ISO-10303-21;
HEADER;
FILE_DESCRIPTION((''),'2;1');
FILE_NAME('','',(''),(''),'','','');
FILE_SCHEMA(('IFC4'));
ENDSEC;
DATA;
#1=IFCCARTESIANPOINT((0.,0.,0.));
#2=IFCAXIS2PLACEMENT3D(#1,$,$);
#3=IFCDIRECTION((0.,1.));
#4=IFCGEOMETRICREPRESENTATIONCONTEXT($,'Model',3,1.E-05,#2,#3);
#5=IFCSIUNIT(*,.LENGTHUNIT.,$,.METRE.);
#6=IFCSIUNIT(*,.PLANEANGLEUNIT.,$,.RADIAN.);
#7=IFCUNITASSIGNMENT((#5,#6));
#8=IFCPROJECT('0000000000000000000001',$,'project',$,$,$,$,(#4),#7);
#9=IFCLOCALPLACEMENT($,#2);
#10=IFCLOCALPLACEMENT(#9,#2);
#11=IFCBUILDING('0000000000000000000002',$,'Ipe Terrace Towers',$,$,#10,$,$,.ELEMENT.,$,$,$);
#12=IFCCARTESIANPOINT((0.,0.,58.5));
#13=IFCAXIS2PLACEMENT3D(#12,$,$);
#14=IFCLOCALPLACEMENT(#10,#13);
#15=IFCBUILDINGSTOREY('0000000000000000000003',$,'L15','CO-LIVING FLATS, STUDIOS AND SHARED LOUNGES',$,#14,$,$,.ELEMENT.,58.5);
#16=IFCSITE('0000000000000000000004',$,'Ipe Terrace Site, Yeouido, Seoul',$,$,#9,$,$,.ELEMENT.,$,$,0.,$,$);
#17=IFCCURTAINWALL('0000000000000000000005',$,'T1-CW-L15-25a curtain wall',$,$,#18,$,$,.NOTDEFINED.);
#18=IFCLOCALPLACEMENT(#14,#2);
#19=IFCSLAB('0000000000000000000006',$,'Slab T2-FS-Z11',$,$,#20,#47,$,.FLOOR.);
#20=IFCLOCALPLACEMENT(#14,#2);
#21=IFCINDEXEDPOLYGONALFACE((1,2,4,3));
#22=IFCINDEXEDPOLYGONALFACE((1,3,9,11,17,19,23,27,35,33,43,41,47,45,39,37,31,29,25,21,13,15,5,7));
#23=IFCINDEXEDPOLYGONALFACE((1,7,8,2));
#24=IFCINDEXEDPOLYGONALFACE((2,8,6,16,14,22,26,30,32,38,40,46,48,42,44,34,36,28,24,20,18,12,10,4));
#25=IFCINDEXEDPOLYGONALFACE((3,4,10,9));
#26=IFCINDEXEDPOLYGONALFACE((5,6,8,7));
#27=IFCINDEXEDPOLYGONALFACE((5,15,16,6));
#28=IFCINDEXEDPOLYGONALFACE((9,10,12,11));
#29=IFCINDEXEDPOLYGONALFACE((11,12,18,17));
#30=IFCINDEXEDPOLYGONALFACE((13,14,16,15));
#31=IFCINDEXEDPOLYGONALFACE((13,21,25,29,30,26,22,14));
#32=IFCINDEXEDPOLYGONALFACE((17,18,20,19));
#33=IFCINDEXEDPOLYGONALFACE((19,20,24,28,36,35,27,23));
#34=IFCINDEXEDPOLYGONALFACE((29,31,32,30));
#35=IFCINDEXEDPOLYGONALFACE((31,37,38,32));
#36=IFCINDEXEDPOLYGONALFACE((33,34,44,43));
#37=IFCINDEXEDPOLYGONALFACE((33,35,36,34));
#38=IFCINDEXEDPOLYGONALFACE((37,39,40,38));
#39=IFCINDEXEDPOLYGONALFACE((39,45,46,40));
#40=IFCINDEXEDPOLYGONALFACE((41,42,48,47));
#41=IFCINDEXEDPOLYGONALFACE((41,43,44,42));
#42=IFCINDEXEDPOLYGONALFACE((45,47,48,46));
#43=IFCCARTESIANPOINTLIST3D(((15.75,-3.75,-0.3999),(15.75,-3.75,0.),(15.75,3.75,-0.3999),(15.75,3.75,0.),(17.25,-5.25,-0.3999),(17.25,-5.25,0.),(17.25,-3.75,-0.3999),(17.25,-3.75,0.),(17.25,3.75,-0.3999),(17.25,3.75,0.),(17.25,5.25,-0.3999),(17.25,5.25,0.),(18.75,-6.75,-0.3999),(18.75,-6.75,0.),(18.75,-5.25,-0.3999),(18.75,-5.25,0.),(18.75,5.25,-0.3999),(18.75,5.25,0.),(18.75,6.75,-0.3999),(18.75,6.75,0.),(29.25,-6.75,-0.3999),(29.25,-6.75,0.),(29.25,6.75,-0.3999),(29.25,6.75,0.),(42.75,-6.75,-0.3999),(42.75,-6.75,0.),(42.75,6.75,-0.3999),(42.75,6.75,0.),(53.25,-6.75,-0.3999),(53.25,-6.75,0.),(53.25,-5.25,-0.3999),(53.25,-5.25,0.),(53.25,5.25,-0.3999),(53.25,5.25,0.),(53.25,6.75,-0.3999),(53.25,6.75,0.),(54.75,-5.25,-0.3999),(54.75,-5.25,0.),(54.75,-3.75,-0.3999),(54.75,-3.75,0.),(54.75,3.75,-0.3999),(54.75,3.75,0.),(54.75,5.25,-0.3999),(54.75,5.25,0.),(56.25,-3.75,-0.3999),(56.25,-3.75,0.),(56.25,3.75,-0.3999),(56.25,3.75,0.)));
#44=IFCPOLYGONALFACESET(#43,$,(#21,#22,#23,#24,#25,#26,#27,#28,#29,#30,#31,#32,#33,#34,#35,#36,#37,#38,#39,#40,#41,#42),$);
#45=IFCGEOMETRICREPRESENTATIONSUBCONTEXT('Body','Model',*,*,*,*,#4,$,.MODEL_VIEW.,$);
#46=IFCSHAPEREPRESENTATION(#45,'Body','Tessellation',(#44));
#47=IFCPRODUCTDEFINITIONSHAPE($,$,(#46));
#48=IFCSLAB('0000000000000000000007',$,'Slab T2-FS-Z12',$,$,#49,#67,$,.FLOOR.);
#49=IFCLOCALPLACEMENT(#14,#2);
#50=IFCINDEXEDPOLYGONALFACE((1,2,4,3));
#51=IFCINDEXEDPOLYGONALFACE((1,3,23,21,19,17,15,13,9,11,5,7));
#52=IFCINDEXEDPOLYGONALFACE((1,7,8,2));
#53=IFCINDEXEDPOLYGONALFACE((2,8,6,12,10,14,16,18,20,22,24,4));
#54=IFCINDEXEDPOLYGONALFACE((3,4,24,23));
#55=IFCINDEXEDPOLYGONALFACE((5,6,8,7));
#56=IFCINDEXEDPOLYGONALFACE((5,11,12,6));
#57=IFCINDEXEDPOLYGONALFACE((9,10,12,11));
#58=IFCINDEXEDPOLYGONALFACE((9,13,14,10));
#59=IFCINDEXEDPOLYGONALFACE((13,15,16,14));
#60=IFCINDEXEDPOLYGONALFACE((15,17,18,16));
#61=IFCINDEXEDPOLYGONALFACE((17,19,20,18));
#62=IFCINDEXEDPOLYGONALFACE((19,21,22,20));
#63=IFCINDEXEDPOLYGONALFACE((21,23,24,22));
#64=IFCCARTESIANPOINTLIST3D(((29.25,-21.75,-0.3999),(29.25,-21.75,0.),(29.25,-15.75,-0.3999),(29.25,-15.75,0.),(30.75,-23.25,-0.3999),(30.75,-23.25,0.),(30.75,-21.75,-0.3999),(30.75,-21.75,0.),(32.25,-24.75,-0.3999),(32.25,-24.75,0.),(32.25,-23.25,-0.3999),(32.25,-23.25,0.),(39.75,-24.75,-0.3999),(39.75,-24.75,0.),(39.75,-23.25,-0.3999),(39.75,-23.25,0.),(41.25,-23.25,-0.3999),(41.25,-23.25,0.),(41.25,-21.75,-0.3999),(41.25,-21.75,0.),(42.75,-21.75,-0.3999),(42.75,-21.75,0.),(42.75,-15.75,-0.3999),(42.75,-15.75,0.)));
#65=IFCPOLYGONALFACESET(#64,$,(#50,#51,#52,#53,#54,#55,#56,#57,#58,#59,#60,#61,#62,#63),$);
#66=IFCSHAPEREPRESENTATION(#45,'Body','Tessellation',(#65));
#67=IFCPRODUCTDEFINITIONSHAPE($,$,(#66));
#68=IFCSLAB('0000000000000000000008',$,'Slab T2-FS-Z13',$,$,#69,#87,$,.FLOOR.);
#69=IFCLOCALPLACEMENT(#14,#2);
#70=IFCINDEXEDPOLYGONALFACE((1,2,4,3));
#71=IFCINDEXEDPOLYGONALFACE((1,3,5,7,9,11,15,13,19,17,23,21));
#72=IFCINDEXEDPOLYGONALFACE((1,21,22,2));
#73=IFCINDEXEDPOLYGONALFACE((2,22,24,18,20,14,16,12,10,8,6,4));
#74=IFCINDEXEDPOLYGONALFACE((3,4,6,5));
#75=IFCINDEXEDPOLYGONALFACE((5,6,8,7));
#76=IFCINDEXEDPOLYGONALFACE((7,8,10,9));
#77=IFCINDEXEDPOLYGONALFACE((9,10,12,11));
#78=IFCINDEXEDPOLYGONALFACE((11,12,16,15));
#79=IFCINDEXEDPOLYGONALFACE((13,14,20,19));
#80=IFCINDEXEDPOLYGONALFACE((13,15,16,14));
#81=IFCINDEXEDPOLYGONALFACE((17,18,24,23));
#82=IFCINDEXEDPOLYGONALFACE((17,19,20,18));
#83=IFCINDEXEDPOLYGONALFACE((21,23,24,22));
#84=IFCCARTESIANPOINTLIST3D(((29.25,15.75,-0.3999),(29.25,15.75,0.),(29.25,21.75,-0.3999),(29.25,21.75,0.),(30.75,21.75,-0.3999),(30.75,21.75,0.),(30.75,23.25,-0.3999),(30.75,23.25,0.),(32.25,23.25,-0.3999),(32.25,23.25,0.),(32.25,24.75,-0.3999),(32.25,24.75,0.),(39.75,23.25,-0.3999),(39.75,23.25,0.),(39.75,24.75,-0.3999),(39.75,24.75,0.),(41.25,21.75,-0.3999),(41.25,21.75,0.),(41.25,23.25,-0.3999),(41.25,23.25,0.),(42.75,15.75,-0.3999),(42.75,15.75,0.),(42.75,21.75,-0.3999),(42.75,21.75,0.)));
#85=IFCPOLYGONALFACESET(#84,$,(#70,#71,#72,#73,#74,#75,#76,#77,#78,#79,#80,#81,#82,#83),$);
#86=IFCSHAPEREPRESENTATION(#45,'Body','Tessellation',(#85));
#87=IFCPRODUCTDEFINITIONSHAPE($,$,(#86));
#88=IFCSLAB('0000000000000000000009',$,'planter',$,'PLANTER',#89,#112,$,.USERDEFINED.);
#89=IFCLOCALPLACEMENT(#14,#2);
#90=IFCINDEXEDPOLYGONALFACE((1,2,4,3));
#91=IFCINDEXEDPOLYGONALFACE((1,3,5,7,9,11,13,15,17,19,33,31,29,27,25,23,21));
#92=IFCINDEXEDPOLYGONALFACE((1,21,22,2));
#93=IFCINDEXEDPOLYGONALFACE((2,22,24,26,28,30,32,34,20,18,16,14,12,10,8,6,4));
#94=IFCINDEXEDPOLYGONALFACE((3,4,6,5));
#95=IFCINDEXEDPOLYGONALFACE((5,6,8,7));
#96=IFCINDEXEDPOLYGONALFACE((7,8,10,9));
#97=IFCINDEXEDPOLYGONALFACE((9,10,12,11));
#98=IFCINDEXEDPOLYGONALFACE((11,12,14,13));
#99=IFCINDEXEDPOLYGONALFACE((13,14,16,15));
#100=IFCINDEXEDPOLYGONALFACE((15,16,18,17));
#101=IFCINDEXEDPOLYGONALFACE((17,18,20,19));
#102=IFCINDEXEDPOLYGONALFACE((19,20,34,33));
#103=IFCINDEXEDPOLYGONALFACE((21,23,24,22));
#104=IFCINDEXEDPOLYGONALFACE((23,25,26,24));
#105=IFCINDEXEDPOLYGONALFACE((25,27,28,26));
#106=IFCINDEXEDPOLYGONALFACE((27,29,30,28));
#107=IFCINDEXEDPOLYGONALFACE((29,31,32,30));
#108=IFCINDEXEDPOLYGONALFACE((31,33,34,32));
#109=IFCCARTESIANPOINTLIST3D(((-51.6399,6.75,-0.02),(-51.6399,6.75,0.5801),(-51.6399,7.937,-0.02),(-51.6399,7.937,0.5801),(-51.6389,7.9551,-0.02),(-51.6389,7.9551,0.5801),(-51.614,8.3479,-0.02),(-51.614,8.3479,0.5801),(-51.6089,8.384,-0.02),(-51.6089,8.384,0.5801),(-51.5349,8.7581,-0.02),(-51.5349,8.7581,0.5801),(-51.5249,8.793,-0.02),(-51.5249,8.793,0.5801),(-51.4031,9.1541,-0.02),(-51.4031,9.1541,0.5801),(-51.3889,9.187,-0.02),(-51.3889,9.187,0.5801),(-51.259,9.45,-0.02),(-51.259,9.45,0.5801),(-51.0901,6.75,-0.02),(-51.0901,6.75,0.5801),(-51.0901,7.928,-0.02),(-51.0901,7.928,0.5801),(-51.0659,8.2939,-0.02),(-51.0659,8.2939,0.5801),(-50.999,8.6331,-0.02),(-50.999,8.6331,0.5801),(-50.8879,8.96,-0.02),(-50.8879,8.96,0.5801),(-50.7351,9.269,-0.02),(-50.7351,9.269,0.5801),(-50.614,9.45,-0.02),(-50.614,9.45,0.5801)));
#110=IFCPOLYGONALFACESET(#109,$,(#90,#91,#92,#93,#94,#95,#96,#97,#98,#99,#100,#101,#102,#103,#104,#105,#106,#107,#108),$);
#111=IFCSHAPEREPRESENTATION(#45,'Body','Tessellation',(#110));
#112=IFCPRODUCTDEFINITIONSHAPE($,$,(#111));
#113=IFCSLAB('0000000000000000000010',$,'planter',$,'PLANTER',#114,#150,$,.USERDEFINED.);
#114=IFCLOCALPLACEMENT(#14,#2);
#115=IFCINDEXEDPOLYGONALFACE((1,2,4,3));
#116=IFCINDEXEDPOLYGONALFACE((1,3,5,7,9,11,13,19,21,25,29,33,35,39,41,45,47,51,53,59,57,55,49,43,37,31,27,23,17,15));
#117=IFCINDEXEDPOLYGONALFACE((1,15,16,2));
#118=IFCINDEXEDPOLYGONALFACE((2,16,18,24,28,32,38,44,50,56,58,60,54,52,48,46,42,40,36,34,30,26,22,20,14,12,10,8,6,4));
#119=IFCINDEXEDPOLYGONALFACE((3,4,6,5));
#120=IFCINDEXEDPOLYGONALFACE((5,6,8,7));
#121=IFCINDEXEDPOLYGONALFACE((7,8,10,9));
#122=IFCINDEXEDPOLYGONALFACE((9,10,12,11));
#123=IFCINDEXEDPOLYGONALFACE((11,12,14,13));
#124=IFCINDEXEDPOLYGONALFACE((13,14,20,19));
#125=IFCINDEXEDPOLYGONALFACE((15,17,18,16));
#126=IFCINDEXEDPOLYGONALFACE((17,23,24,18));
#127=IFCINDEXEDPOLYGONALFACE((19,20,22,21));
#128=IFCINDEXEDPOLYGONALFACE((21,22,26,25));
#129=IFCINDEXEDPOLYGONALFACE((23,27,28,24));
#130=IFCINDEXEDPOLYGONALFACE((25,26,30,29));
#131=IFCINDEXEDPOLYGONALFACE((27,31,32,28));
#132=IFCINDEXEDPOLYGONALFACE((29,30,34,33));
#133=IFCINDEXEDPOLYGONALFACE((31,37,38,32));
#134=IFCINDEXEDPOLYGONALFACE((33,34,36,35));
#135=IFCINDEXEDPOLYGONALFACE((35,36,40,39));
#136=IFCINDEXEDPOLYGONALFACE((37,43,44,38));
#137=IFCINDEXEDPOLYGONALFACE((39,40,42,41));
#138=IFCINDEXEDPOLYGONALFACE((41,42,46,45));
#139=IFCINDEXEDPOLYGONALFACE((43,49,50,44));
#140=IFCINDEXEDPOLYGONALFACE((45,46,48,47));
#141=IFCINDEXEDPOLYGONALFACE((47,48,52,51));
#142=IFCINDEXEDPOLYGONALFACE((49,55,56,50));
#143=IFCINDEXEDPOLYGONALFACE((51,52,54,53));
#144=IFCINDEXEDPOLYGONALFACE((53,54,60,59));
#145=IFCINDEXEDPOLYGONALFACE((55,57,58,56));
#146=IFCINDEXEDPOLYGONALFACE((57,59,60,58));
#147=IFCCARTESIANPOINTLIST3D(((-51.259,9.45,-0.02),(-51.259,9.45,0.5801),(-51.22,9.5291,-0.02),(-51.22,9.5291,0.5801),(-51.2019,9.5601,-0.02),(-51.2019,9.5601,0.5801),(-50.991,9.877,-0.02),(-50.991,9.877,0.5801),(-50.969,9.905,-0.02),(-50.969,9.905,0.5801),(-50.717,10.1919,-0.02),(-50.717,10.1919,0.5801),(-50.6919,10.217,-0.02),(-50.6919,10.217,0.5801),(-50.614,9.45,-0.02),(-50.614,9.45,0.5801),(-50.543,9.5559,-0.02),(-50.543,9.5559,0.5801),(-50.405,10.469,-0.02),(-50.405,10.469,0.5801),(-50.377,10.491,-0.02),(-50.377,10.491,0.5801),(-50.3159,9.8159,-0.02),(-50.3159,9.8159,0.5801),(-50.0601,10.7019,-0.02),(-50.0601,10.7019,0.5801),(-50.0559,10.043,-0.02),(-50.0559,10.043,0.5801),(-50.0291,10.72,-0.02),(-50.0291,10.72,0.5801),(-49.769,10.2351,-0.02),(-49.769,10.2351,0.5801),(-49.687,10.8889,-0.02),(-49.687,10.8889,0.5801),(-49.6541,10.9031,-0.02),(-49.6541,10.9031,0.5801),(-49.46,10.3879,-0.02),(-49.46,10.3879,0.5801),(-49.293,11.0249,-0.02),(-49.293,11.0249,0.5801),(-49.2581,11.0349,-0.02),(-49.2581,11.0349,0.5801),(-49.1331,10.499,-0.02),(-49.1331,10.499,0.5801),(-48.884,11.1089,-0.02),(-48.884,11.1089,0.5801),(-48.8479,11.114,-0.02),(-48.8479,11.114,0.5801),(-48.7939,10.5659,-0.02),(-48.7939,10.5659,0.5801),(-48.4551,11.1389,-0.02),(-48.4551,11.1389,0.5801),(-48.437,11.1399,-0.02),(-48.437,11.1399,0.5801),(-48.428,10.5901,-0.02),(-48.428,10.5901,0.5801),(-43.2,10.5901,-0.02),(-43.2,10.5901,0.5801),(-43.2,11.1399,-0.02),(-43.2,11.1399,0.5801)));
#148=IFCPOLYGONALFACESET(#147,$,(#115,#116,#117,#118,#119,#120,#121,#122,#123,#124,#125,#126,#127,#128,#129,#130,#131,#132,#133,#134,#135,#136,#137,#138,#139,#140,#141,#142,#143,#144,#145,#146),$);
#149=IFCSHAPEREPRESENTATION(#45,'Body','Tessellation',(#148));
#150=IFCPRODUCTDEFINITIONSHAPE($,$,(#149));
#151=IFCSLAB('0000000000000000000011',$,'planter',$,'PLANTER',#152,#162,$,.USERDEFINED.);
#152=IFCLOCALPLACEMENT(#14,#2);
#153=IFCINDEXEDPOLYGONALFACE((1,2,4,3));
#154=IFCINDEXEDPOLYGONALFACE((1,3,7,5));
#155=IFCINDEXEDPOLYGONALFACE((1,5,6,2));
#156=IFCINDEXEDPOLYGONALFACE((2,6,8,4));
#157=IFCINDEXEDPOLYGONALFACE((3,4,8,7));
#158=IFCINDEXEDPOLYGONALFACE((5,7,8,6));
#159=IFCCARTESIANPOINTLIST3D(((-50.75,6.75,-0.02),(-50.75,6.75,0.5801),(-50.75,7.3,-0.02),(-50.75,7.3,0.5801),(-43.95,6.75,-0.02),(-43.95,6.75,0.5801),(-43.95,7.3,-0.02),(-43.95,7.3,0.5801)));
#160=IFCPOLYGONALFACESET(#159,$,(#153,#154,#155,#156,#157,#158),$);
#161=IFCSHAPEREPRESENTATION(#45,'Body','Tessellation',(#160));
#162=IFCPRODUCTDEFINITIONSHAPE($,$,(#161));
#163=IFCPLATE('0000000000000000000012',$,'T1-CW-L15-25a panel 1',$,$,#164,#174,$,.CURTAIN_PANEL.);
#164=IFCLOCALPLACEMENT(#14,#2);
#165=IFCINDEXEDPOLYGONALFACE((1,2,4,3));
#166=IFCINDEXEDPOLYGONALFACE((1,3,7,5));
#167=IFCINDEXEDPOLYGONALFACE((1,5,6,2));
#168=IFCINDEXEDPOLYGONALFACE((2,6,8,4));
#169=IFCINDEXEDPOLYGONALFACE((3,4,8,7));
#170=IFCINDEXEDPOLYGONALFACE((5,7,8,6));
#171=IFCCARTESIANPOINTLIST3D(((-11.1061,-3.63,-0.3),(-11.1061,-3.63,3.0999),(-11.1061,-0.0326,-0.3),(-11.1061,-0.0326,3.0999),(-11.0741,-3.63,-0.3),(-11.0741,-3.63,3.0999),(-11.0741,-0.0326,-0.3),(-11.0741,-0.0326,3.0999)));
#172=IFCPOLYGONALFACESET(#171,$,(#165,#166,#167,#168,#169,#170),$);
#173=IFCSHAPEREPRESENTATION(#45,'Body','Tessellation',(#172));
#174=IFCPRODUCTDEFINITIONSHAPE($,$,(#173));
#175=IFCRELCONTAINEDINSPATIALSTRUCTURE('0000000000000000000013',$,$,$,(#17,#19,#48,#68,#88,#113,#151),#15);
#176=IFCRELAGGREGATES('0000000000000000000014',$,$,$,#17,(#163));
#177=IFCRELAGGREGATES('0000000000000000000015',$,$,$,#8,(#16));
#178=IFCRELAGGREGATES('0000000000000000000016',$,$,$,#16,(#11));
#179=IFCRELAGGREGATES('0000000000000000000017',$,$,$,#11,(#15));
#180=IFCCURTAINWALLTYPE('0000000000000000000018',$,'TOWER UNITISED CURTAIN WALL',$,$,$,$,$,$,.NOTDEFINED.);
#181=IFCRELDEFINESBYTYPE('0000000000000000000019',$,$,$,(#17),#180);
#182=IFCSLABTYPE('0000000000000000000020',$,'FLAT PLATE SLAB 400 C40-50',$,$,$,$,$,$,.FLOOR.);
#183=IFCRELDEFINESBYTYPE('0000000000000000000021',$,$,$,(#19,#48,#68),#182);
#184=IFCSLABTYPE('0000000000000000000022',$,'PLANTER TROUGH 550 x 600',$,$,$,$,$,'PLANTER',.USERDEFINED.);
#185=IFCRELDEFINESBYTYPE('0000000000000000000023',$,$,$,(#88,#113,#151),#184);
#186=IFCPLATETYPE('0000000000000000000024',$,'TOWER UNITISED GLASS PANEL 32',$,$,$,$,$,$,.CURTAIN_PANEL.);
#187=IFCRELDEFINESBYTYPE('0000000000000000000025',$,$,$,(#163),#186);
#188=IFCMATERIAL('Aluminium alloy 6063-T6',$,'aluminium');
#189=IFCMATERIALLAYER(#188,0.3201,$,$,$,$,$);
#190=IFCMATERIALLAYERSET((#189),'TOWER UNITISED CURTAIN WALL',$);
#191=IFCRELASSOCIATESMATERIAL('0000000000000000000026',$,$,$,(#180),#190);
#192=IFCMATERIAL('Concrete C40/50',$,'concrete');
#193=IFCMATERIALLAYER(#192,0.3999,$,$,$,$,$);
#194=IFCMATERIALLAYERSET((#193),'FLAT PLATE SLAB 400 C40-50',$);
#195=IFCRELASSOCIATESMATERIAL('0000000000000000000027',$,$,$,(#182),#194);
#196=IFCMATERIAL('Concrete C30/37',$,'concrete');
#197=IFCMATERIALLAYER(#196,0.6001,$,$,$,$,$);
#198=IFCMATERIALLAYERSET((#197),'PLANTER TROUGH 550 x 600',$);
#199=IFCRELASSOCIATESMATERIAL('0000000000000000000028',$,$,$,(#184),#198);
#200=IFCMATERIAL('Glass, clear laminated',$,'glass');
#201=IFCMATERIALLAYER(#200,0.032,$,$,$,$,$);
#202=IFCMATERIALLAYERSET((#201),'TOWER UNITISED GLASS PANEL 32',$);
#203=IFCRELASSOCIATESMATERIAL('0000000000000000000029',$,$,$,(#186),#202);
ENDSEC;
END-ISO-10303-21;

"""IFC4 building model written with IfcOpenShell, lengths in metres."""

from ifc_helpers import new_model, si_unit, direction, frame, origin, origin_2d, place, context, subcontext, project, spatial, polyline, rectangle, outline, extrude, material, layer, layer_set, type_object, element, aggregate, save


model = new_model("IFC4")

# Units and contexts
model_context = context("Model", 3, precision=1e-05, world=origin(), true_north=direction((0.0, 1.0)))
body_context = subcontext(model_context, "Body", "Model", "MODEL_VIEW")
ifc_project = project(units=[si_unit("LENGTHUNIT", "METRE"), si_unit("PLANEANGLEUNIT", "RADIAN")], contexts=[model_context])

# Site, building, storey
site_placement = place(None, origin())
site = spatial("IfcSite", under=ifc_project, at=site_placement, Name="Ipe Terrace Site, Yeouido, Seoul", CompositionType="ELEMENT", RefElevation=0.0)
building_placement = place(site_placement, origin())
building = spatial("IfcBuilding", under=site, at=building_placement, Name="Ipe Terrace Towers", CompositionType="ELEMENT")
storey_placement = place(building_placement, frame((0.0, 0.0, 58.5)))
storey = spatial("IfcBuildingStorey", under=building, at=storey_placement, Name="L15", Description="CO-LIVING FLATS, STUDIOS AND SHARED LOUNGES", CompositionType="ELEMENT", Elevation=58.5)

# Curtain wall
ifc_material_1 = material(Name="Aluminium alloy 6063-T6", Category="aluminium")
ifc_layer_1 = layer(ifc_material_1, 0.3201)
ifc_layer_set_1 = layer_set([ifc_layer_1], Name="TOWER UNITISED CURTAIN WALL")
curtain_wall_type = type_object("IfcCurtainWallType", Name="TOWER UNITISED CURTAIN WALL", PredefinedType="NOTDEFINED", material=ifc_layer_set_1)
curtain_wall_placement = place(storey_placement, origin())
curtain_wall = element("IfcCurtainWall", 1, at=curtain_wall_placement, inside=storey, type_object=curtain_wall_type, Name="T1-CW-L15-25a curtain wall", PredefinedType="NOTDEFINED")

# Slabs
ifc_material_2 = material(Name="Concrete C40/50", Category="concrete")
ifc_layer_2 = layer(ifc_material_2, 0.3999)
ifc_layer_set_2 = layer_set([ifc_layer_2], Name="FLAT PLATE SLAB 400 C40-50")
slab_type_1 = type_object("IfcSlabType", Name="FLAT PLATE SLAB 400 C40-50", PredefinedType="FLOOR", material=ifc_layer_set_2)
slab_1_placement = place(storey_placement, frame((0.0, 0.0, -0.3999)))
element("IfcSlab", 2, at=slab_1_placement, inside=storey, type_object=slab_type_1, Name="Slab T2-FS-Z11", PredefinedType="FLOOR", context=body_context, shape_type="SweptSolid", body=[
    extrude(outline(polyline([(53.25, 5.25), (54.75, 5.25), (54.75, 3.75), (56.25, 3.75), (56.25, -3.75), (54.75, -3.75), (54.75, -5.25), (53.25, -5.25), (53.25, -6.75), (42.75, -6.75), (29.25, -6.75), (18.75, -6.75), (18.75, -5.25), (17.25, -5.25), (17.25, -3.75), (15.75, -3.75), (15.75, 3.75), (17.25, 3.75), (17.25, 5.25), (18.75, 5.25), (18.75, 6.75), (29.25, 6.75), (42.75, 6.75), (53.25, 6.75), (53.25, 5.25)])), origin(), (0.0, 0.0, 1.0), 0.3999),
])
slab_2_placement = place(storey_placement, frame((0.0, 0.0, -0.3999)))
element("IfcSlab", 3, at=slab_2_placement, inside=storey, type_object=slab_type_1, Name="Slab T2-FS-Z12", PredefinedType="FLOOR", context=body_context, shape_type="SweptSolid", body=[
    extrude(outline(polyline([(42.75, -21.75), (41.25, -21.75), (41.25, -23.25), (39.75, -23.25), (39.75, -24.75), (32.25, -24.75), (32.25, -23.25), (30.75, -23.25), (30.75, -21.75), (29.25, -21.75), (29.25, -15.75), (42.75, -15.75), (42.75, -21.75)])), origin(), (0.0, 0.0, 1.0), 0.3999),
])
slab_3_placement = place(storey_placement, frame((0.0, 0.0, -0.3999)))
element("IfcSlab", 4, at=slab_3_placement, inside=storey, type_object=slab_type_1, Name="Slab T2-FS-Z13", PredefinedType="FLOOR", context=body_context, shape_type="SweptSolid", body=[
    extrude(outline(polyline([(30.75, 21.75), (30.75, 23.25), (32.25, 23.25), (32.25, 24.75), (39.75, 24.75), (39.75, 23.25), (41.25, 23.25), (41.25, 21.75), (42.75, 21.75), (42.75, 15.75), (29.25, 15.75), (29.25, 21.75), (30.75, 21.75)])), origin(), (0.0, 0.0, 1.0), 0.3999),
])
ifc_material_3 = material(Name="Concrete C30/37", Category="concrete")
ifc_layer_3 = layer(ifc_material_3, 0.6001)
ifc_layer_set_3 = layer_set([ifc_layer_3], Name="PLANTER TROUGH 550 x 600")
slab_type_2 = type_object("IfcSlabType", Name="PLANTER TROUGH 550 x 600", ElementType="PLANTER", PredefinedType="USERDEFINED", material=ifc_layer_set_3)
slab_4_placement = place(storey_placement, frame((0.0, 0.0, -0.02)))
element("IfcSlab", 5, at=slab_4_placement, inside=storey, type_object=slab_type_2, Name="planter", ObjectType="PLANTER", PredefinedType="USERDEFINED", context=body_context, shape_type="SweptSolid", body=[
    extrude(outline(polyline([(-50.999, 8.6331), (-50.8879, 8.96), (-50.7351, 9.269), (-50.614, 9.45), (-51.259, 9.45), (-51.3889, 9.187), (-51.4031, 9.1541), (-51.5249, 8.793), (-51.5349, 8.7581), (-51.6089, 8.384), (-51.614, 8.3479), (-51.6389, 7.9551), (-51.6399, 7.937), (-51.6399, 6.75), (-51.0901, 6.75), (-51.0901, 7.928), (-51.0659, 8.2939), (-50.999, 8.6331)])), origin(), (0.0, 0.0, 1.0), 0.6001),
])
slab_5_placement = place(storey_placement, frame((0.0, 0.0, -0.02)))
element("IfcSlab", 6, at=slab_5_placement, inside=storey, type_object=slab_type_2, Name="planter", ObjectType="PLANTER", PredefinedType="USERDEFINED", context=body_context, shape_type="SweptSolid", body=[
    extrude(outline(polyline([(-50.543, 9.5559), (-50.3159, 9.8159), (-50.0559, 10.043), (-49.769, 10.2351), (-49.46, 10.3879), (-49.1331, 10.499), (-48.7939, 10.5659), (-48.428, 10.5901), (-43.2, 10.5901), (-43.2, 11.1399), (-48.437, 11.1399), (-48.4551, 11.1389), (-48.8479, 11.114), (-48.884, 11.1089), (-49.2581, 11.0349), (-49.293, 11.0249), (-49.6541, 10.9031), (-49.687, 10.8889), (-50.0291, 10.72), (-50.0601, 10.7019), (-50.377, 10.491), (-50.405, 10.469), (-50.6919, 10.217), (-50.717, 10.1919), (-50.969, 9.905), (-50.991, 9.877), (-51.2019, 9.5601), (-51.22, 9.5291), (-51.259, 9.45), (-50.614, 9.45), (-50.543, 9.5559)])), origin(), (0.0, 0.0, 1.0), 0.6001),
])
slab_6_placement = place(storey_placement, frame((0.0, 0.0, -0.02)))
element("IfcSlab", 7, at=slab_6_placement, inside=storey, type_object=slab_type_2, Name="planter", ObjectType="PLANTER", PredefinedType="USERDEFINED", context=body_context, shape_type="SweptSolid", body=[
    extrude(outline(polyline([(-43.95, 6.75), (-43.95, 7.3), (-50.75, 7.3), (-50.75, 6.75), (-43.95, 6.75)])), origin(), (0.0, 0.0, 1.0), 0.6001),
])

# Plate
ifc_material_4 = material(Name="Glass, clear laminated", Category="glass")
ifc_layer_4 = layer(ifc_material_4, 0.032)
ifc_layer_set_4 = layer_set([ifc_layer_4], Name="TOWER UNITISED GLASS PANEL 32")
plate_type = type_object("IfcPlateType", Name="TOWER UNITISED GLASS PANEL 32", PredefinedType="CURTAIN_PANEL", material=ifc_layer_set_4)
plate_placement = place(storey_placement, frame((-11.0901, -1.8313, -0.3), z_axis=(0.0, 0.0, 1.0), x_axis=(0.0, 1.0, 0.0)))
plate = element("IfcPlate", 8, at=plate_placement, type_object=plate_type, Name="T1-CW-L15-25a panel 1", PredefinedType="CURTAIN_PANEL", context=body_context, shape_type="SweptSolid", body=[
    extrude(rectangle(XDim=3.5974, YDim=0.032, at=origin_2d()), origin(), (0.0, 0.0, 1.0), 3.3999),
])
aggregate(curtain_wall, [plate])

save(model, "model.ifc")
